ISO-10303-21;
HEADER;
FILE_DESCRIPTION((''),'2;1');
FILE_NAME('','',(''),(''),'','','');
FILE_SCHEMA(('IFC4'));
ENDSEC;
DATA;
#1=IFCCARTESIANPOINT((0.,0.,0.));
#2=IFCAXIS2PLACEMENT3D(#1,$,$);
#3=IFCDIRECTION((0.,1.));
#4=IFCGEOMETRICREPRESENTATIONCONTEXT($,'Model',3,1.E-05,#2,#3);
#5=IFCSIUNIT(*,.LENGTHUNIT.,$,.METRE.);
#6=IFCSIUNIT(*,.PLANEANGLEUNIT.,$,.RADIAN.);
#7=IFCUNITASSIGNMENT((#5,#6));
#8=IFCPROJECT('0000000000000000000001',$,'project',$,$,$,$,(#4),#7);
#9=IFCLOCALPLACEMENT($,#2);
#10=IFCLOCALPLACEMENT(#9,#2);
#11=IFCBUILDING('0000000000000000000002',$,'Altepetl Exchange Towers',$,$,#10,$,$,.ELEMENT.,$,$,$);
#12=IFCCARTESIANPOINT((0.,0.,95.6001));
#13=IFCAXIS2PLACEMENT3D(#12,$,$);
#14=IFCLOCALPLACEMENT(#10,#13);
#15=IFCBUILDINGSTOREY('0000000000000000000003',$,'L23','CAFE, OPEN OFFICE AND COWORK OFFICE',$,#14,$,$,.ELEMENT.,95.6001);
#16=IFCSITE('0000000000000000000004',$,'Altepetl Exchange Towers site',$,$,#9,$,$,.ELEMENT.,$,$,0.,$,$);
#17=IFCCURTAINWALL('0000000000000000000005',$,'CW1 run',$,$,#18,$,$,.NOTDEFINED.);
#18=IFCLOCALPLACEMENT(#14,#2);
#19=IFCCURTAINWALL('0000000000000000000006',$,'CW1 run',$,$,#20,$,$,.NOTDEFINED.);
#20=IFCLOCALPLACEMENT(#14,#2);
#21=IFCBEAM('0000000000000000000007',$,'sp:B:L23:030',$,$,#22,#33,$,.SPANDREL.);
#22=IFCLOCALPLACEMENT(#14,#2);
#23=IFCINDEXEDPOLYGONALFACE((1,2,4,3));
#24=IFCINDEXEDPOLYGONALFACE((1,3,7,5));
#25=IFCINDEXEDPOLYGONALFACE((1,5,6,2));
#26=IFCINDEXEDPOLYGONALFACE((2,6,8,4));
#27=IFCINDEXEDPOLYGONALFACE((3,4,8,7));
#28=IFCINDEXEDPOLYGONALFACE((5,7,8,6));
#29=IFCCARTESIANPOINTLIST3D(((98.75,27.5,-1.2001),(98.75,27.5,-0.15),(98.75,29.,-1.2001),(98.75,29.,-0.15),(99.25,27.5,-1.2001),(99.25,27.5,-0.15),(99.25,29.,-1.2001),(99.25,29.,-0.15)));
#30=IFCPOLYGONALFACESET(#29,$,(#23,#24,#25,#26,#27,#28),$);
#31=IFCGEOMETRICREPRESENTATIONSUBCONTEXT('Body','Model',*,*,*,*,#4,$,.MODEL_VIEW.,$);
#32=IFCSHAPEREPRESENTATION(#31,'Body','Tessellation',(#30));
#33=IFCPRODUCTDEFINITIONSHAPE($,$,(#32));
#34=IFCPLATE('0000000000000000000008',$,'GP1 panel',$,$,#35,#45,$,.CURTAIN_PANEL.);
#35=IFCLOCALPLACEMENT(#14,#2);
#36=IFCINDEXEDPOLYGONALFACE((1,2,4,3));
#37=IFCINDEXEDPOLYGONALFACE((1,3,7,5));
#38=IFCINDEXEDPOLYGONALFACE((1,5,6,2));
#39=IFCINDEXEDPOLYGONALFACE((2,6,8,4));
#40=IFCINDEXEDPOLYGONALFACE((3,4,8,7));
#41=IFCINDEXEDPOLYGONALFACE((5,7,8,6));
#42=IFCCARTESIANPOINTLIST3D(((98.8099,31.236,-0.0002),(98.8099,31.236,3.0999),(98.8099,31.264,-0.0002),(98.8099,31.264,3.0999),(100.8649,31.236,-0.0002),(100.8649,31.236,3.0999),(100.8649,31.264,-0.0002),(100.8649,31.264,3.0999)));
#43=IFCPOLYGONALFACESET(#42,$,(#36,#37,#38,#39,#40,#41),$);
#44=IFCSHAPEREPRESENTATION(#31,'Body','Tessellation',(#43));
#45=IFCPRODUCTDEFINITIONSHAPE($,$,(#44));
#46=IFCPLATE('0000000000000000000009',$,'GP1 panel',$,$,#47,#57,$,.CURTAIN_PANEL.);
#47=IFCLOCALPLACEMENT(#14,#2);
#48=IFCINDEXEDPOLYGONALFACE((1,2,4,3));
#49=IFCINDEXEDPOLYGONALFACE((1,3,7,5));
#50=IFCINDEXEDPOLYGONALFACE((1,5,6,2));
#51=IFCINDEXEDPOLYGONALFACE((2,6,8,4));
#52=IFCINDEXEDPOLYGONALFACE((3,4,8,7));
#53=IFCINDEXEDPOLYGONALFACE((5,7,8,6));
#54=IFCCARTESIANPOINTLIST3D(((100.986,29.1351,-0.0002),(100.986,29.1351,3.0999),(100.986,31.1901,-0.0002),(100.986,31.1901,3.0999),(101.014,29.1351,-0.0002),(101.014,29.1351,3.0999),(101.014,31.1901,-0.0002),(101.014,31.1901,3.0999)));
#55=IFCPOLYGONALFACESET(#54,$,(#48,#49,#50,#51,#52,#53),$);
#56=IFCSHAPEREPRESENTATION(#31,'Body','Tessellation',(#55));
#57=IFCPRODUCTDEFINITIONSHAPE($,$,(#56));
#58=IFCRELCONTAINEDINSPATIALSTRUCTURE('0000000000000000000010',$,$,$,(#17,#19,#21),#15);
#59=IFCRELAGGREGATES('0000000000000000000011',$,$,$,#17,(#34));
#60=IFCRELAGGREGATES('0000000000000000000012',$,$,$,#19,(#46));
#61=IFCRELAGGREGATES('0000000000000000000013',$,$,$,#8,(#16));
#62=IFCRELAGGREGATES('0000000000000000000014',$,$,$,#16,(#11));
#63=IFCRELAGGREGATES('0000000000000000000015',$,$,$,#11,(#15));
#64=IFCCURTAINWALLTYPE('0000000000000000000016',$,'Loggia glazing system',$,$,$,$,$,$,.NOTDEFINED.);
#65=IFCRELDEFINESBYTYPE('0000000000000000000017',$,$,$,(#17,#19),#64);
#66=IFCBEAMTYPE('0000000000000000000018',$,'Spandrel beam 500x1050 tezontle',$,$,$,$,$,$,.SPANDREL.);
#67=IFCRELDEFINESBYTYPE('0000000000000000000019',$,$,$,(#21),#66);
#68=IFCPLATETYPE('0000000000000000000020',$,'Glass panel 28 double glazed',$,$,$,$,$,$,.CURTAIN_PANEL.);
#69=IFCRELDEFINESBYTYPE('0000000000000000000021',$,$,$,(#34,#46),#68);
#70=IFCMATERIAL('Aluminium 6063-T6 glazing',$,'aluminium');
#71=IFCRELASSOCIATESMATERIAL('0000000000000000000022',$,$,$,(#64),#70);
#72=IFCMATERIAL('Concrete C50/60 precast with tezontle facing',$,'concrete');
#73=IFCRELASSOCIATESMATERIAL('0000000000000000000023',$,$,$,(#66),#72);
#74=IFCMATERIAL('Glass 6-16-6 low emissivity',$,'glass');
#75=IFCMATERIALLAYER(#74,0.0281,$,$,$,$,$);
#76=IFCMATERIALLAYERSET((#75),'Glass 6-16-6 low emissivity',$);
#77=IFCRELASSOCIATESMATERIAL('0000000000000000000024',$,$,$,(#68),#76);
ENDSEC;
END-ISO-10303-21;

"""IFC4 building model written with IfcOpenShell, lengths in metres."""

from ifc_helpers import new_model, si_unit, direction, frame, origin, origin_2d, place, context, subcontext, project, spatial, rectangle, extrude, material, layer, layer_set, material_profile, profile_set, type_object, element, aggregate, save


model = new_model("IFC4")

# Units and contexts
model_context = context("Model", 3, precision=1e-05, world=origin(), true_north=direction((0.0, 1.0)))
body_context = subcontext(model_context, "Body", "Model", "MODEL_VIEW")
ifc_project = project(units=[si_unit("LENGTHUNIT", "METRE"), si_unit("PLANEANGLEUNIT", "RADIAN")], contexts=[model_context])

# Site, building, storey
site_placement = place(None, origin())
site = spatial("IfcSite", under=ifc_project, at=site_placement, Name="Altepetl Exchange Towers site", CompositionType="ELEMENT", RefElevation=0.0)
building_placement = place(site_placement, origin())
building = spatial("IfcBuilding", under=site, at=building_placement, Name="Altepetl Exchange Towers", CompositionType="ELEMENT")
storey_placement = place(building_placement, frame((0.0, 0.0, 95.6001)))
storey = spatial("IfcBuildingStorey", under=building, at=storey_placement, Name="L23", Description="CAFE, OPEN OFFICE AND COWORK OFFICE", CompositionType="ELEMENT", Elevation=95.6001)

# Shared definitions
ifc_material_1 = material(Name="Aluminium 6063-T6 glazing", Category="aluminium")
curtain_wall_type = type_object("IfcCurtainWallType", Name="Loggia glazing system", PredefinedType="NOTDEFINED", material=ifc_material_1)

# Curtain walls
curtain_wall_1_placement = place(storey_placement, origin())
curtain_wall_1 = element("IfcCurtainWall", 1, at=curtain_wall_1_placement, inside=storey, type_object=curtain_wall_type, Name="CW1 run", PredefinedType="NOTDEFINED")
curtain_wall_2_placement = place(storey_placement, origin())
curtain_wall_2 = element("IfcCurtainWall", 2, at=curtain_wall_2_placement, inside=storey, type_object=curtain_wall_type, Name="CW1 run", PredefinedType="NOTDEFINED")

# Beam
ifc_material_2 = material(Name="Concrete C50/60 precast with tezontle facing", Category="concrete")
ifc_material_profile_1 = material_profile(ifc_material_2, rectangle(XDim=0.5, YDim=1.05, at=origin_2d()), Name="500 x 1050")
ifc_profile_set_1 = profile_set([ifc_material_profile_1], Name="Concrete C50/60 precast with tezontle facing")
beam_type_1 = type_object("IfcBeamType", Name="Spandrel beam 500x1050 tezontle", PredefinedType="SPANDREL", material=ifc_profile_set_1)
beam_1_placement = place(storey_placement, frame((99.0, 29.0, -0.675), z_axis=(0.0, -1.0, 0.0), x_axis=(1.0, 0.0, 0.0)))
element("IfcBeam", 3, at=beam_1_placement, inside=storey, type_object=beam_type_1, Name="sp:B:L23:030", PredefinedType="SPANDREL", context=body_context, shape_type="SweptSolid", body=[
    extrude(rectangle(XDim=0.5, YDim=1.05, at=origin_2d()), origin(), (0.0, 0.0, 1.0), 1.5),
])

# Plates
ifc_material_3 = material(Name="Glass 6-16-6 low emissivity", Category="glass")
ifc_layer = layer(ifc_material_3, 0.0281)
ifc_layer_set = layer_set([ifc_layer], Name="Glass 6-16-6 low emissivity")
plate_type = type_object("IfcPlateType", Name="Glass panel 28 double glazed", PredefinedType="CURTAIN_PANEL", material=ifc_layer_set)
plate_1_placement = place(storey_placement, frame((99.8374, 31.25, -0.0002)))
plate_1 = element("IfcPlate", 4, at=plate_1_placement, type_object=plate_type, Name="GP1 panel", PredefinedType="CURTAIN_PANEL", context=body_context, shape_type="SweptSolid", body=[
    extrude(rectangle(XDim=2.0549, YDim=0.0281, at=origin_2d()), origin(), (0.0, 0.0, 1.0), 3.1001),
])
aggregate(curtain_wall_1, [plate_1])
plate_2_placement = place(storey_placement, frame((101.0, 30.1626, -0.0002), z_axis=(0.0, 0.0, 1.0), x_axis=(0.0, -1.0, 0.0)))
plate_2 = element("IfcPlate", 5, at=plate_2_placement, type_object=plate_type, Name="GP1 panel", PredefinedType="CURTAIN_PANEL", context=body_context, shape_type="SweptSolid", body=[
    extrude(rectangle(XDim=2.0549, YDim=0.0281, at=origin_2d()), origin(), (0.0, 0.0, 1.0), 3.1001),
])
aggregate(curtain_wall_2, [plate_2])

save(model, "model.ifc")
